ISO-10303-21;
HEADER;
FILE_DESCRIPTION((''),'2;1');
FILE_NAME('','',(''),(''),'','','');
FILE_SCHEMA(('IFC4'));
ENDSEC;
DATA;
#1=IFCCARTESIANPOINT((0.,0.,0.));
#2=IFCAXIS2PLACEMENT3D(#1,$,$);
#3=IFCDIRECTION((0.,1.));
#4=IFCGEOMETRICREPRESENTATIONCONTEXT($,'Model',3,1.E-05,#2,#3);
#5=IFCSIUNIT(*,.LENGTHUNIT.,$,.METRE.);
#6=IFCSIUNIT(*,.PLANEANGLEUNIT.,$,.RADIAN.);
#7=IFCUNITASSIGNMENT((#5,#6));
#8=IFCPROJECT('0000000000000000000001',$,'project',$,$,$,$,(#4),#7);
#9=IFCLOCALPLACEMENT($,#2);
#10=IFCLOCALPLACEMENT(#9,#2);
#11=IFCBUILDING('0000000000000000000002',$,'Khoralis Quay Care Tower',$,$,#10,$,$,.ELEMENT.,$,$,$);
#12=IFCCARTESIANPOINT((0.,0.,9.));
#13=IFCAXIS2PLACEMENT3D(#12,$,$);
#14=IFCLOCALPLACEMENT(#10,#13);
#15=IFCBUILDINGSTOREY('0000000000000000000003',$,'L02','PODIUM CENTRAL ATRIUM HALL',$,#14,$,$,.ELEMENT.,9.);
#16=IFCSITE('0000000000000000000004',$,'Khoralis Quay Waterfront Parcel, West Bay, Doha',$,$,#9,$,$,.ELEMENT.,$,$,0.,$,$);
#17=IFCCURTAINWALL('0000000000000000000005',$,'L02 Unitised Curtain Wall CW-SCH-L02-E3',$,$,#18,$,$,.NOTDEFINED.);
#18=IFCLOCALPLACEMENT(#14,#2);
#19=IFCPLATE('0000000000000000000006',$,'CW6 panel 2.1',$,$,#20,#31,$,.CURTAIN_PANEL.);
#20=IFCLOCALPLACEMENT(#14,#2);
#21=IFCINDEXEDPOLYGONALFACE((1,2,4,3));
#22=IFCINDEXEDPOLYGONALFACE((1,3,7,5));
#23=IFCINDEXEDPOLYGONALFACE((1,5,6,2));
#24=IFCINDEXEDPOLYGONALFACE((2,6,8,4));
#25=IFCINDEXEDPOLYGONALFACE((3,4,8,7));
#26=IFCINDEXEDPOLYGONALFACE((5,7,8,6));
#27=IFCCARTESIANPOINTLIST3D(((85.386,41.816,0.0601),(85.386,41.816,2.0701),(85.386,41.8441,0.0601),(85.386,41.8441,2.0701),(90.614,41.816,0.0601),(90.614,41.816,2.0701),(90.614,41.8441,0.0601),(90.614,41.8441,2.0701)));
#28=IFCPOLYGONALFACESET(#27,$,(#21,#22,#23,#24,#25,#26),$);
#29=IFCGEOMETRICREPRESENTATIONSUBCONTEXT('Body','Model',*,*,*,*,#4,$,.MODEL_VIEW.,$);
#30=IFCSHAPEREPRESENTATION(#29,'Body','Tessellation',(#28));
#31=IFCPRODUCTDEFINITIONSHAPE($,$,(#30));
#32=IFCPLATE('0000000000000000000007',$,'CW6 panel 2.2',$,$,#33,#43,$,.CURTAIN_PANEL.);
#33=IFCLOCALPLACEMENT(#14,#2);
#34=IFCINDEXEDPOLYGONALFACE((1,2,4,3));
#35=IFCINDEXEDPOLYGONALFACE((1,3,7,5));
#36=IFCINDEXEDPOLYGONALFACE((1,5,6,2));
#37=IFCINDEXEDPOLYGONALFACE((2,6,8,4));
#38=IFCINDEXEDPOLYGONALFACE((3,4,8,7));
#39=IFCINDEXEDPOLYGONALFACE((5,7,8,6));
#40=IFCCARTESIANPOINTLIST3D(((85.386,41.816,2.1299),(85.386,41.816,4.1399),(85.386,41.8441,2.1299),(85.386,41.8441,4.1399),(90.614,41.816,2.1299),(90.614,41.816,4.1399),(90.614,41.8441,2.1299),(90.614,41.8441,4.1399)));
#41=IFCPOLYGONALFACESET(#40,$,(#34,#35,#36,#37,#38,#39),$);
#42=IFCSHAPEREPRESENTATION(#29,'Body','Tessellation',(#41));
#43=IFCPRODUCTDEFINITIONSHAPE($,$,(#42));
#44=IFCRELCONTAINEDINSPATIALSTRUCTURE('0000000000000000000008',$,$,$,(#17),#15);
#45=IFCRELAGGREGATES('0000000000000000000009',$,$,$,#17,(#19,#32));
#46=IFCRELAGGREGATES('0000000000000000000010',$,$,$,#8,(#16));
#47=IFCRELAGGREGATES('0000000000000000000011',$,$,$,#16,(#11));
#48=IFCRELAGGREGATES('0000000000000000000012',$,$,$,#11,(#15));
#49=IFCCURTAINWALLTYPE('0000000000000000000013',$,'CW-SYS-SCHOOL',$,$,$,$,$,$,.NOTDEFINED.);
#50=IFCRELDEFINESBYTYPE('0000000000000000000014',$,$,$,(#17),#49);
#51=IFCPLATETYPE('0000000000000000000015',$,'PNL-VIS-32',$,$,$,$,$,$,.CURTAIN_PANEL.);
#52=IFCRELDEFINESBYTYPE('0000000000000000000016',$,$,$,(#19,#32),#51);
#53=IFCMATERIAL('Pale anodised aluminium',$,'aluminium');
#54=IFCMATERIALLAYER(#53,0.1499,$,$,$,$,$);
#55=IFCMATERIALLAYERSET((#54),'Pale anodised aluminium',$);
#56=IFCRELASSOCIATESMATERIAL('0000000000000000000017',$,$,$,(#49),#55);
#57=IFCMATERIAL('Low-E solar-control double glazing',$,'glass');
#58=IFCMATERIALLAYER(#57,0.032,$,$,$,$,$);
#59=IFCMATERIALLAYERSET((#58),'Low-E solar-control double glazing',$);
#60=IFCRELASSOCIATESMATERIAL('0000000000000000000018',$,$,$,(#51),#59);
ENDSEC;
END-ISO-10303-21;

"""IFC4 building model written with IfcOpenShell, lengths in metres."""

from ifc_helpers import new_model, si_unit, direction, frame, origin, origin_2d, place, context, subcontext, project, spatial, rectangle, extrude, source, transform, mapped, material, layer, layer_set, type_object, element, aggregate, save


model = new_model("IFC4")

# Units and contexts
model_context = context("Model", 3, precision=1e-05, world=origin(), true_north=direction((0.0, 1.0)))
body_context = subcontext(model_context, "Body", "Model", "MODEL_VIEW")
ifc_project = project(units=[si_unit("LENGTHUNIT", "METRE"), si_unit("PLANEANGLEUNIT", "RADIAN")], contexts=[model_context])

# Site, building, storey
site_placement = place(None, origin())
site = spatial("IfcSite", under=ifc_project, at=site_placement, Name="Khoralis Quay Waterfront Parcel, West Bay, Doha", CompositionType="ELEMENT", RefElevation=0.0)
building_placement = place(site_placement, origin())
building = spatial("IfcBuilding", under=site, at=building_placement, Name="Khoralis Quay Care Tower", CompositionType="ELEMENT")
storey_placement = place(building_placement, frame((0.0, 0.0, 9.0)))
storey = spatial("IfcBuildingStorey", under=building, at=storey_placement, Name="L02", Description="PODIUM CENTRAL ATRIUM HALL", CompositionType="ELEMENT", Elevation=9.0)

# Curtain wall, plates
ifc_material_1 = material(Name="Pale anodised aluminium", Category="aluminium")
ifc_layer_1 = layer(ifc_material_1, 0.1499)
ifc_layer_set_1 = layer_set([ifc_layer_1], Name="Pale anodised aluminium")
curtain_wall_type = type_object("IfcCurtainWallType", Name="CW-SYS-SCHOOL", PredefinedType="NOTDEFINED", material=ifc_layer_set_1)
curtain_wall_placement = place(storey_placement, origin())
curtain_wall = element("IfcCurtainWall", 1, at=curtain_wall_placement, inside=storey, type_object=curtain_wall_type, Name="L02 Unitised Curtain Wall CW-SCH-L02-E3", PredefinedType="NOTDEFINED")
ifc_material_2 = material(Name="Low-E solar-control double glazing", Category="glass")
ifc_layer_2 = layer(ifc_material_2, 0.032)
ifc_layer_set_2 = layer_set([ifc_layer_2], Name="Low-E solar-control double glazing")
plate_type = type_object("IfcPlateType", Name="PNL-VIS-32", PredefinedType="CURTAIN_PANEL", material=ifc_layer_set_2)
shared_shape_1 = source(origin(), body_context, "Body", "SweptSolid", [
    extrude(rectangle(XDim=5.228, YDim=0.0281, at=origin_2d()), origin(), (0.0, 0.0, 1.0), 2.01),
])
plate_1_placement = place(storey_placement, frame((88.0, 41.8301, 0.0601), z_axis=(0.0, 0.0, 1.0), x_axis=(-1.0, 0.0, 0.0)))
plate_1 = element("IfcPlate", 2, at=plate_1_placement, type_object=plate_type, Name="CW6 panel 2.1", PredefinedType="CURTAIN_PANEL", context=body_context, shape_type="MappedRepresentation", body=[
    mapped(shared_shape_1, transform((0.0, 0.0, 0.0), scale=1.0)),
])
plate_2_placement = place(storey_placement, frame((88.0, 41.8301, 2.1299), z_axis=(0.0, 0.0, 1.0), x_axis=(-1.0, 0.0, 0.0)))
plate_2 = element("IfcPlate", 3, at=plate_2_placement, type_object=plate_type, Name="CW6 panel 2.2", PredefinedType="CURTAIN_PANEL", context=body_context, shape_type="MappedRepresentation", body=[
    mapped(shared_shape_1, transform((0.0, 0.0, 0.0), scale=1.0)),
])
aggregate(curtain_wall, [plate_1, plate_2])

save(model, "model.ifc")
